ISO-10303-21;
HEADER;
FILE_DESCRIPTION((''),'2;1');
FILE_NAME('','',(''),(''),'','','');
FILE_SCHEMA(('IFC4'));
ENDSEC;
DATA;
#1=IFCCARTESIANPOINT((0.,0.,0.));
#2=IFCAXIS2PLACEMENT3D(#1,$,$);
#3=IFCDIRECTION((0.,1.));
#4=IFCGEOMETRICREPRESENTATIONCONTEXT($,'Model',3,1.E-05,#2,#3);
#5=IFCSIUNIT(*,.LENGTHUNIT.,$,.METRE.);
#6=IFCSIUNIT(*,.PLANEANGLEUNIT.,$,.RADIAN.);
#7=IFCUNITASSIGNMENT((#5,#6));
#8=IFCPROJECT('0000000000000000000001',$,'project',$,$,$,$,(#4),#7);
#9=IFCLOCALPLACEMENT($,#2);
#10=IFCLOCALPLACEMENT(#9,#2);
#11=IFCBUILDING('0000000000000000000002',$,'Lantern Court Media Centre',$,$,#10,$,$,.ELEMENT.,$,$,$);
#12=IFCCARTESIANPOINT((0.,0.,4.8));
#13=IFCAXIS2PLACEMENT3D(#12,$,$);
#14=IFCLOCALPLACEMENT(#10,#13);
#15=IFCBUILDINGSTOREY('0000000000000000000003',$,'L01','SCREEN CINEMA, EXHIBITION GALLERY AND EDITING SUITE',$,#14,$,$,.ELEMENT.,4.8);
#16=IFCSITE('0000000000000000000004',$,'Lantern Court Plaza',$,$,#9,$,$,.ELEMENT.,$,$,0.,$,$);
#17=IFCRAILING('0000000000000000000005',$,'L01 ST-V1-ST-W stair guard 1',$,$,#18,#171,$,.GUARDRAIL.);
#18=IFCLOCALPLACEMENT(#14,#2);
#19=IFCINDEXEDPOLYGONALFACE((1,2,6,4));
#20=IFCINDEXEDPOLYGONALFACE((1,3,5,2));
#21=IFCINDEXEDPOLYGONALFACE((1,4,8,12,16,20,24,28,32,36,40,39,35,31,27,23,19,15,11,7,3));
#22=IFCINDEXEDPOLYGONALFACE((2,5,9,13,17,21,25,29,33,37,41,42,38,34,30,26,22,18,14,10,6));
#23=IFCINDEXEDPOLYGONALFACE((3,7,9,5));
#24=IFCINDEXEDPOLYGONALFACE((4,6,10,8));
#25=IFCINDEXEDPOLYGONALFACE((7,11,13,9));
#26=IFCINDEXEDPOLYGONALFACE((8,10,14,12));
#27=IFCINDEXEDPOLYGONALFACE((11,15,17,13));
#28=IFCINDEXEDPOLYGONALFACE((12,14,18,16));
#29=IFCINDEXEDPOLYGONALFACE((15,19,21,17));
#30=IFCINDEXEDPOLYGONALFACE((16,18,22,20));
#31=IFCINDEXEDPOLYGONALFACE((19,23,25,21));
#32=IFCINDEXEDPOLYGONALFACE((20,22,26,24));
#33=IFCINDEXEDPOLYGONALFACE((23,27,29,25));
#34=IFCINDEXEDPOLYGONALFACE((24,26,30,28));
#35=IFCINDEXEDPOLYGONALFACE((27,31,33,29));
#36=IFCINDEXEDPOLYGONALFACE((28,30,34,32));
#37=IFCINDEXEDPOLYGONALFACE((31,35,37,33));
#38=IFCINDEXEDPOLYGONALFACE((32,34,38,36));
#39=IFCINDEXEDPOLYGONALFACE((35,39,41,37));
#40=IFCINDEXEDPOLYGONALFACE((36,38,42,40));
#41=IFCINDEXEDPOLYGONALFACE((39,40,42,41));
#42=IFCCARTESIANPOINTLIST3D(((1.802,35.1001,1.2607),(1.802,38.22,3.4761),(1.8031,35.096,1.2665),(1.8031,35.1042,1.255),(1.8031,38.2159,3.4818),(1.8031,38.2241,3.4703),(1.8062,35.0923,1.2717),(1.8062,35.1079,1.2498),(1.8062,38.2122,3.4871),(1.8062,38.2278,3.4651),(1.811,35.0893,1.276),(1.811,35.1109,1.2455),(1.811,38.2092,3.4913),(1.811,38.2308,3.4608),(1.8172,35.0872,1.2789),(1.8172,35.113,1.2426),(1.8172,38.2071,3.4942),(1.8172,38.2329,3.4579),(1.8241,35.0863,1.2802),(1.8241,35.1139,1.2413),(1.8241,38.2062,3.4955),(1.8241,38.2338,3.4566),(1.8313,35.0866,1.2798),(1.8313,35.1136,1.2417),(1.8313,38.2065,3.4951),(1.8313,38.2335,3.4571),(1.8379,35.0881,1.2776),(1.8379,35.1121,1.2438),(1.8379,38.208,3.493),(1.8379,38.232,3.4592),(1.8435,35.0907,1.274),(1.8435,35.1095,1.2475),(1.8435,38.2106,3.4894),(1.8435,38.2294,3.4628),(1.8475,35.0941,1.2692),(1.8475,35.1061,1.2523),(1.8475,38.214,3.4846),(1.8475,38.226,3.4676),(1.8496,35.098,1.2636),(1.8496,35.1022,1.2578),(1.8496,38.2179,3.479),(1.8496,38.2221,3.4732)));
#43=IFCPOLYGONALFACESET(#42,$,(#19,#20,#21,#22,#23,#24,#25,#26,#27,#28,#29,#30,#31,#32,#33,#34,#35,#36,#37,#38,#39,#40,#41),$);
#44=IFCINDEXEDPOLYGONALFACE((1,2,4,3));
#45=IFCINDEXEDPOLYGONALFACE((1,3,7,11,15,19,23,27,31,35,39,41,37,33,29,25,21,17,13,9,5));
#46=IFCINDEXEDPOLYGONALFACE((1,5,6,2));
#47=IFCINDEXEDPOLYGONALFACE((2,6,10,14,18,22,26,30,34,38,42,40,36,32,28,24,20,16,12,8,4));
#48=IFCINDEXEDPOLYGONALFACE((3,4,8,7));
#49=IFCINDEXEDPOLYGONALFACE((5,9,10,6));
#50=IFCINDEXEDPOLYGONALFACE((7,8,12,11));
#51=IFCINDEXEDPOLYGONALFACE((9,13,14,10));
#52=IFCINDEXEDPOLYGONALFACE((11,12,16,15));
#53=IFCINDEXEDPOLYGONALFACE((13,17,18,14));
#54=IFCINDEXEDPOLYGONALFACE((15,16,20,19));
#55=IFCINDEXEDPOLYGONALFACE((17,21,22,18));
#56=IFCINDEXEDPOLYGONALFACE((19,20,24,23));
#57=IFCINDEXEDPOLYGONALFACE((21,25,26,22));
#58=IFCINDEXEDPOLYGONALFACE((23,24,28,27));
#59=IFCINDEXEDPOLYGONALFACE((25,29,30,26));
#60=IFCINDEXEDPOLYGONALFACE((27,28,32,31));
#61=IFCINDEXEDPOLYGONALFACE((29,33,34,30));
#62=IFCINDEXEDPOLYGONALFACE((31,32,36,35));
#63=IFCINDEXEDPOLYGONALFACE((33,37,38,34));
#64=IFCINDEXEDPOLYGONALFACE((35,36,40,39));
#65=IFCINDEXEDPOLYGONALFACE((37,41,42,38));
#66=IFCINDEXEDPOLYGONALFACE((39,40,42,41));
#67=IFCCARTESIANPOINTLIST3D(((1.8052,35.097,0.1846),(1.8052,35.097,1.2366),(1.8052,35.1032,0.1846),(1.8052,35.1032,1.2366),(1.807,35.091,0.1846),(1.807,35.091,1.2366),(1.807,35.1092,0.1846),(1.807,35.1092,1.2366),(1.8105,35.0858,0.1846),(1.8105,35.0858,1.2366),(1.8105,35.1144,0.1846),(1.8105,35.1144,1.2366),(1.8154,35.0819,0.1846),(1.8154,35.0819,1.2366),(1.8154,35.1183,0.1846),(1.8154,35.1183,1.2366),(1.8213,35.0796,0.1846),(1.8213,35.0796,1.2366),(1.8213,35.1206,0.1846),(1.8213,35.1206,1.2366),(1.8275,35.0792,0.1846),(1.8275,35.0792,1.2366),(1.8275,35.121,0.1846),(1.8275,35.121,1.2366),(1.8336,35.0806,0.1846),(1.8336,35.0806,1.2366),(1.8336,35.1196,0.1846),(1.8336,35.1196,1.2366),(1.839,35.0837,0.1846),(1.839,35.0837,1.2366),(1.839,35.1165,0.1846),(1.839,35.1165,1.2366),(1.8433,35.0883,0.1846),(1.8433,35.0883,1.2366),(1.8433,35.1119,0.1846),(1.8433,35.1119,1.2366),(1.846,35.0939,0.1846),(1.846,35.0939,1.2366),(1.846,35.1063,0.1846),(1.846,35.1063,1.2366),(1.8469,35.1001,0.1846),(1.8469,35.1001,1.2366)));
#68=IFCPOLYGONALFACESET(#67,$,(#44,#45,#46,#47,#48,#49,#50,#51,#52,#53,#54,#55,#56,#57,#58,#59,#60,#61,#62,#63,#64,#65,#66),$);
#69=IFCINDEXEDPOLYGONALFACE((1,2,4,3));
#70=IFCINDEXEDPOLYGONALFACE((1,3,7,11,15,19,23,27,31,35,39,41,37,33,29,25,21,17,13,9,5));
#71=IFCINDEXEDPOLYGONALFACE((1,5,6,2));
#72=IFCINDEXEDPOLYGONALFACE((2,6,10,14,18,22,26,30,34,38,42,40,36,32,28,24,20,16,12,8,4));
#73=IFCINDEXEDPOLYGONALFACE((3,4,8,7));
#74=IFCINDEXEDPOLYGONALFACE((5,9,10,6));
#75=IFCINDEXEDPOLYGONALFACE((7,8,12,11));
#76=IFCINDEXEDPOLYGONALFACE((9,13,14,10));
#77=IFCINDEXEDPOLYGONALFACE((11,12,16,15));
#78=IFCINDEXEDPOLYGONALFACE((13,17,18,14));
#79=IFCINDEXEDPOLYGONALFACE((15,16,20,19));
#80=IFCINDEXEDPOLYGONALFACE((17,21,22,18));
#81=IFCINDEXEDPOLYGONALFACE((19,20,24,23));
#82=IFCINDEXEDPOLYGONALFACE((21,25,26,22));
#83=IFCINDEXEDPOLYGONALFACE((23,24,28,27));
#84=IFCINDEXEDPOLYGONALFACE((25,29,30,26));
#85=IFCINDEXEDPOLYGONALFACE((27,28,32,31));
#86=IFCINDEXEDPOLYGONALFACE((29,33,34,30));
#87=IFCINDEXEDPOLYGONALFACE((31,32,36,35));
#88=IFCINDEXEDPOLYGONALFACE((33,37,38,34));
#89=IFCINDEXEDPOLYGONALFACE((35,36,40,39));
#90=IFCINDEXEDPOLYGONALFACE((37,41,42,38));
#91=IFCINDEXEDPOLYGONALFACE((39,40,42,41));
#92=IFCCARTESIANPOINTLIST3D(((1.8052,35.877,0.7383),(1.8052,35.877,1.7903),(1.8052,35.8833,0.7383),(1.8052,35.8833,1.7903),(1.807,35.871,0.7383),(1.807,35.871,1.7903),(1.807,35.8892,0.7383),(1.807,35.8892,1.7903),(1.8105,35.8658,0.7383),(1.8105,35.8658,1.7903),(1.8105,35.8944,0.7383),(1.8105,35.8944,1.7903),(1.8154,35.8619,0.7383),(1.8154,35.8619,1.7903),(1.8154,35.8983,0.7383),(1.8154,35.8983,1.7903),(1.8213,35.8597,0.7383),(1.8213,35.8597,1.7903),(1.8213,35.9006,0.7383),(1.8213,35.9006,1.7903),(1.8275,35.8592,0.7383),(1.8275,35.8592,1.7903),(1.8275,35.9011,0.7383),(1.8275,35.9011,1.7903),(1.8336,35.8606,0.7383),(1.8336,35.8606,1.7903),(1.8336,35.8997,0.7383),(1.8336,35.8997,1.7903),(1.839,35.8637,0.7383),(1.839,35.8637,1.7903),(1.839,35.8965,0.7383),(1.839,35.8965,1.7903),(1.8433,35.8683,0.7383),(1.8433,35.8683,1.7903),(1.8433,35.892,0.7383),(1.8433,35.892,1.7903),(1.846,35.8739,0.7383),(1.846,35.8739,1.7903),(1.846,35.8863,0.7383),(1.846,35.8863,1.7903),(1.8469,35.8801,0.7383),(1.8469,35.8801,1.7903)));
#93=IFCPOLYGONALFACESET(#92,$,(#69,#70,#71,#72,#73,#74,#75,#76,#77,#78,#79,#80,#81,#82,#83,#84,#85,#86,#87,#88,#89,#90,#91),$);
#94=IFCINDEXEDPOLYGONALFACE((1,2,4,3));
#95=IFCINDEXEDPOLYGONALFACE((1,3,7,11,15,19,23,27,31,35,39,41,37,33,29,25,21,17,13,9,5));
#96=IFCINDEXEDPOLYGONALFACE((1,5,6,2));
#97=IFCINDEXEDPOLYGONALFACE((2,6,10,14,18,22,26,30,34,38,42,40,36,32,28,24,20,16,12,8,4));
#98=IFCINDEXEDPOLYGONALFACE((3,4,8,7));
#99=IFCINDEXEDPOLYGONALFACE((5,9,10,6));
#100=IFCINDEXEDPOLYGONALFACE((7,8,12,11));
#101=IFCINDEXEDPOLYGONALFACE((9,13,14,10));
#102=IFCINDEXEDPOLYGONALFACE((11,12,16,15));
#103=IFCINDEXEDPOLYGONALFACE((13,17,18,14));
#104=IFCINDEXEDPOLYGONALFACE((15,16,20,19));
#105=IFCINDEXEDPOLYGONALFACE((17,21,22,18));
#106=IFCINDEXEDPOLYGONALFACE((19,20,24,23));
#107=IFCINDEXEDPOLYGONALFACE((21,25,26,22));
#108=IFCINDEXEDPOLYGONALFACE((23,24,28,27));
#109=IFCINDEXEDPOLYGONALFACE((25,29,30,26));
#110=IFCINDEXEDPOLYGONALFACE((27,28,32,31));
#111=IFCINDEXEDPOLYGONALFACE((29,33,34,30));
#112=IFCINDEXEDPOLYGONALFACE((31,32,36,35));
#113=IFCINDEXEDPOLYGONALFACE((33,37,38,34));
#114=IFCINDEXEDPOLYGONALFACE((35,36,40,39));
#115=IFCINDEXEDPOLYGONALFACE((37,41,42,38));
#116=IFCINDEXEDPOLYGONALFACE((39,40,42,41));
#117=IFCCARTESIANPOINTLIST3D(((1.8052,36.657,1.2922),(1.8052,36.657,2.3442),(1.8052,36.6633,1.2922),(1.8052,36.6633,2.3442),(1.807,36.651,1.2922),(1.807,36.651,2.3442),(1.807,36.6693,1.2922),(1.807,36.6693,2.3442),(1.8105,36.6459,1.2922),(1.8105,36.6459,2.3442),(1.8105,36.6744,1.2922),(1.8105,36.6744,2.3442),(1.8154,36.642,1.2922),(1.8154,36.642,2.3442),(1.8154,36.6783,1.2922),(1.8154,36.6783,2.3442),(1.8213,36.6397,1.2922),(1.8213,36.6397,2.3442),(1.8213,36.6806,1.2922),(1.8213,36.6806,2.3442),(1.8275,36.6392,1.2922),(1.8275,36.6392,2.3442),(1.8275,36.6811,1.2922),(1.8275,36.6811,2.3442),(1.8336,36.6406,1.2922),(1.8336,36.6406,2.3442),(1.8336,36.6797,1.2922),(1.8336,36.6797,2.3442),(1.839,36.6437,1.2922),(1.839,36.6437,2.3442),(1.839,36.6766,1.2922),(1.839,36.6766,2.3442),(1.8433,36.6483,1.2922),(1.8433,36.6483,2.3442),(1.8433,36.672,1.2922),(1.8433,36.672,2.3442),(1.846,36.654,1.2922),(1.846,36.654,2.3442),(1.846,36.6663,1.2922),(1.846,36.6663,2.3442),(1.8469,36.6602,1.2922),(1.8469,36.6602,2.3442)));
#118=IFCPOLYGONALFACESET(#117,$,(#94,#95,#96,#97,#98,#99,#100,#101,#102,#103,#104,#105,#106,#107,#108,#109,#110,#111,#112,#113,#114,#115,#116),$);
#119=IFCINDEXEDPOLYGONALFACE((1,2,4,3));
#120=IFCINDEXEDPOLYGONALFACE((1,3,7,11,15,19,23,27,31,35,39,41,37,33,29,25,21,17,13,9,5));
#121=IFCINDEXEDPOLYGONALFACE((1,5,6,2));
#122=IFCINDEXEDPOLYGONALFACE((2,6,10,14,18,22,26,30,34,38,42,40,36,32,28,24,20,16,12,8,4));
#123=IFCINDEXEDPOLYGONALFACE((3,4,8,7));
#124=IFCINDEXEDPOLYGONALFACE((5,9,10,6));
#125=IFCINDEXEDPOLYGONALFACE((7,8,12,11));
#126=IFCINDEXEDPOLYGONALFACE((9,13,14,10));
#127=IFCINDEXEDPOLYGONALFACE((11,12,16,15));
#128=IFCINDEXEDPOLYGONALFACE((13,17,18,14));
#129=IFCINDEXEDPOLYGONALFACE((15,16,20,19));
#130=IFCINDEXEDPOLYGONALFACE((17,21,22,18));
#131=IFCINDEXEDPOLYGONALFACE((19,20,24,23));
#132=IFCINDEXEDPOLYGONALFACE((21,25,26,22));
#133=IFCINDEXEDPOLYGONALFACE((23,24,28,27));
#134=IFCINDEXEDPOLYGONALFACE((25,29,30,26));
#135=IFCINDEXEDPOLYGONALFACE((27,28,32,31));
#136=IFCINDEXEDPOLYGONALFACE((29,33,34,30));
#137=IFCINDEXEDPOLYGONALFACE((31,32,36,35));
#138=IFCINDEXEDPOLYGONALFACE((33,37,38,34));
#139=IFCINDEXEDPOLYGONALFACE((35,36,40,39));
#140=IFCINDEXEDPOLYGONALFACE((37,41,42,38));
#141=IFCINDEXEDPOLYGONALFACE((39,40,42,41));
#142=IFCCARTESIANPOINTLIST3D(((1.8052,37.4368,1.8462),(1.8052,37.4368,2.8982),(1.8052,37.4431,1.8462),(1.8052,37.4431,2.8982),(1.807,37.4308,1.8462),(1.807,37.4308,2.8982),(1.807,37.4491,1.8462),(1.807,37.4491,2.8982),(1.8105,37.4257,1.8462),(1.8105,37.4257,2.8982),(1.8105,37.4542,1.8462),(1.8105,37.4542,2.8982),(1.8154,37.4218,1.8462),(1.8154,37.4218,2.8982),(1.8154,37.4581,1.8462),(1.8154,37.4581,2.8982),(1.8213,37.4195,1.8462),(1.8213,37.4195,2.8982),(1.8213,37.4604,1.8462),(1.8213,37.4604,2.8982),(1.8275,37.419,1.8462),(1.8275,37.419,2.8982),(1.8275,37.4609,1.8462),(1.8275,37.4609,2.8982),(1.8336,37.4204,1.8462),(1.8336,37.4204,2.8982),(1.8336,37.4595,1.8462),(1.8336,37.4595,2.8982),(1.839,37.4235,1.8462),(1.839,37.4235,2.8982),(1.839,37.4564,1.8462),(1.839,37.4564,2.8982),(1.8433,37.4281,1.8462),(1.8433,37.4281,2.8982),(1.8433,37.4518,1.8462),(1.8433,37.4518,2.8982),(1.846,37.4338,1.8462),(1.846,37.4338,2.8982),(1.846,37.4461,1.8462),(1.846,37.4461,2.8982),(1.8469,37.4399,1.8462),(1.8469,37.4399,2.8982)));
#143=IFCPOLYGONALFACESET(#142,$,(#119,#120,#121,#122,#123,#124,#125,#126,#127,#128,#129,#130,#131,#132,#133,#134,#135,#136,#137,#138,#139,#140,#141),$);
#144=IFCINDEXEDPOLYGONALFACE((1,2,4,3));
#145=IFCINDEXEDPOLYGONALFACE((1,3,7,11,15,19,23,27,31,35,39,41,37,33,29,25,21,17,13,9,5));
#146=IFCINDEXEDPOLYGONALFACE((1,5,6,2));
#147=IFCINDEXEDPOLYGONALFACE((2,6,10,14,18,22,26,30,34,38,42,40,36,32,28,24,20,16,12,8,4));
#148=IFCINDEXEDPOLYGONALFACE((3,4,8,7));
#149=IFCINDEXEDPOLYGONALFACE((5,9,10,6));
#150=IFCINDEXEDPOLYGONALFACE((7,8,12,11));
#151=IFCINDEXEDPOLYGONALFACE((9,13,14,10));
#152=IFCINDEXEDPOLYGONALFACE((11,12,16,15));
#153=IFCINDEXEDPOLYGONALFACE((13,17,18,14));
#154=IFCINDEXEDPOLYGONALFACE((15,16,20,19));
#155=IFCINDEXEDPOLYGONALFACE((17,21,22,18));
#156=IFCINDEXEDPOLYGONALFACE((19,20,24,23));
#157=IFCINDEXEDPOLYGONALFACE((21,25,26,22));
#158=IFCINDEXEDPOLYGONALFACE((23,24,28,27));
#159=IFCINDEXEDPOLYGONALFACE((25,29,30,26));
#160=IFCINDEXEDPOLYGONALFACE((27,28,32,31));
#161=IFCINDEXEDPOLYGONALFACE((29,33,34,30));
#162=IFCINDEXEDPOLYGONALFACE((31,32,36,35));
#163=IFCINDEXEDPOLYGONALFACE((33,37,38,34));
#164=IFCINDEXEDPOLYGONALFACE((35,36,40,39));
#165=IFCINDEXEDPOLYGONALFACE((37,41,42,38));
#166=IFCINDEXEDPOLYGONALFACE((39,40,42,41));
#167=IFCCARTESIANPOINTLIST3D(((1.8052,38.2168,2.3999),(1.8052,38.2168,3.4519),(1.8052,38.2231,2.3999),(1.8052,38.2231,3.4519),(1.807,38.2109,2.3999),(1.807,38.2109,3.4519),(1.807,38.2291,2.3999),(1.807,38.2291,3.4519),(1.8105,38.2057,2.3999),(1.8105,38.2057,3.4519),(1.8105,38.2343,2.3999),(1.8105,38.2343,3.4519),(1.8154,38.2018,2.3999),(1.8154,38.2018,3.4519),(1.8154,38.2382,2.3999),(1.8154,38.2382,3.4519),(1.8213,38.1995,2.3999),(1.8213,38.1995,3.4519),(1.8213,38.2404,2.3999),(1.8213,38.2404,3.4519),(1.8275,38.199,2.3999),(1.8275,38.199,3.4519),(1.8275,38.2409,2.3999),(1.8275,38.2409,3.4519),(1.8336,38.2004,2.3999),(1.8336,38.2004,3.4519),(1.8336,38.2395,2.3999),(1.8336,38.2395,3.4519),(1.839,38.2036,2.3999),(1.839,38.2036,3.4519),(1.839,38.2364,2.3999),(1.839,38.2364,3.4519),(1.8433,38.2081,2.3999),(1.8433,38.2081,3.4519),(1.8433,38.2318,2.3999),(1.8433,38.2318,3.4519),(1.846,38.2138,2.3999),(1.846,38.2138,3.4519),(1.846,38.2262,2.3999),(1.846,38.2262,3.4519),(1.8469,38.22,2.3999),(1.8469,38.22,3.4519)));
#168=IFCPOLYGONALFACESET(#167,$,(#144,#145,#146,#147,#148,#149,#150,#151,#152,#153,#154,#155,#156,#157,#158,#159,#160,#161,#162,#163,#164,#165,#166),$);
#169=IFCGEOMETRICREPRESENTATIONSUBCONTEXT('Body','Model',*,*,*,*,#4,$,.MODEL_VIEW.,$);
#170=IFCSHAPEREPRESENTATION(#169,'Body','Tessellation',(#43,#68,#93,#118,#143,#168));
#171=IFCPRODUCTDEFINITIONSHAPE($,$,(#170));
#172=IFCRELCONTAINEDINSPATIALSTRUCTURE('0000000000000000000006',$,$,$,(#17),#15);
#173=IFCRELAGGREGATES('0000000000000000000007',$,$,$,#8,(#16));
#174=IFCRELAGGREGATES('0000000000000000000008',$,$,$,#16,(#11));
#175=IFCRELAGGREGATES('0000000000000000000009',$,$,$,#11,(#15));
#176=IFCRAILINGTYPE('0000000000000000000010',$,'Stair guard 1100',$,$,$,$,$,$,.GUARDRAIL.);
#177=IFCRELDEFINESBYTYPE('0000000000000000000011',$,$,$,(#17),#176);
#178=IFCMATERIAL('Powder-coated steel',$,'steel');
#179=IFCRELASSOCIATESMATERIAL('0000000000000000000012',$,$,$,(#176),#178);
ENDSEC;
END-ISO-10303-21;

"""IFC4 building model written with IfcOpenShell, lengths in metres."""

from ifc_helpers import new_model, si_unit, direction, frame, origin, origin_2d, place, context, subcontext, project, spatial, circle, extrude, material, type_object, element, save


model = new_model("IFC4")

# Units and contexts
model_context = context("Model", 3, precision=1e-05, world=origin(), true_north=direction((0.0, 1.0)))
body_context = subcontext(model_context, "Body", "Model", "MODEL_VIEW")
ifc_project = project(units=[si_unit("LENGTHUNIT", "METRE"), si_unit("PLANEANGLEUNIT", "RADIAN")], contexts=[model_context])

# Site, building, storey
site_placement = place(None, origin())
site = spatial("IfcSite", under=ifc_project, at=site_placement, Name="Lantern Court Plaza", CompositionType="ELEMENT", RefElevation=0.0)
building_placement = place(site_placement, origin())
building = spatial("IfcBuilding", under=site, at=building_placement, Name="Lantern Court Media Centre", CompositionType="ELEMENT")
storey_placement = place(building_placement, frame((0.0, 0.0, 4.8)))
storey = spatial("IfcBuildingStorey", under=building, at=storey_placement, Name="L01", Description="SCREEN CINEMA, EXHIBITION GALLERY AND EDITING SUITE", CompositionType="ELEMENT", Elevation=4.8)

# Railing
ifc_material_1 = material(Name="Powder-coated steel", Category="steel")
railing_type_1 = type_object("IfcRailingType", Name="Stair guard 1100", PredefinedType="GUARDRAIL", material=ifc_material_1)
railing_1_placement = place(storey_placement, frame((1.8259, 35.1001, 0.1846)))
element("IfcRailing", 1, at=railing_1_placement, inside=storey, type_object=railing_type_1, Name="L01 ST-V1-ST-W stair guard 1", PredefinedType="GUARDRAIL", context=body_context, shape_type="SweptSolid", body=[
    extrude(circle(Radius=0.0239, at=origin_2d()), frame((0.0, 0.0, 1.0762), z_axis=(0.0, 0.815356, 0.578961), x_axis=(-1.0, 0.0, 0.0)), (0.0, 0.0, 1.0), 3.8264),
    extrude(circle(Radius=0.021, at=origin_2d()), origin(), (0.0, 0.0, 1.0), 1.052),
    extrude(circle(Radius=0.021, at=origin_2d()), frame((0.0, 0.78, 0.5537)), (0.0, 0.0, 1.0), 1.052),
    extrude(circle(Radius=0.021, at=origin_2d()), frame((0.0, 1.5601, 1.1077)), (0.0, 0.0, 1.0), 1.052),
    extrude(circle(Radius=0.021, at=origin_2d()), frame((0.0, 2.3398, 1.6616)), (0.0, 0.0, 1.0), 1.052),
    extrude(circle(Radius=0.021, at=origin_2d()), frame((0.0, 3.1199, 2.2153)), (0.0, 0.0, 1.0), 1.052),
])

save(model, "model.ifc")
